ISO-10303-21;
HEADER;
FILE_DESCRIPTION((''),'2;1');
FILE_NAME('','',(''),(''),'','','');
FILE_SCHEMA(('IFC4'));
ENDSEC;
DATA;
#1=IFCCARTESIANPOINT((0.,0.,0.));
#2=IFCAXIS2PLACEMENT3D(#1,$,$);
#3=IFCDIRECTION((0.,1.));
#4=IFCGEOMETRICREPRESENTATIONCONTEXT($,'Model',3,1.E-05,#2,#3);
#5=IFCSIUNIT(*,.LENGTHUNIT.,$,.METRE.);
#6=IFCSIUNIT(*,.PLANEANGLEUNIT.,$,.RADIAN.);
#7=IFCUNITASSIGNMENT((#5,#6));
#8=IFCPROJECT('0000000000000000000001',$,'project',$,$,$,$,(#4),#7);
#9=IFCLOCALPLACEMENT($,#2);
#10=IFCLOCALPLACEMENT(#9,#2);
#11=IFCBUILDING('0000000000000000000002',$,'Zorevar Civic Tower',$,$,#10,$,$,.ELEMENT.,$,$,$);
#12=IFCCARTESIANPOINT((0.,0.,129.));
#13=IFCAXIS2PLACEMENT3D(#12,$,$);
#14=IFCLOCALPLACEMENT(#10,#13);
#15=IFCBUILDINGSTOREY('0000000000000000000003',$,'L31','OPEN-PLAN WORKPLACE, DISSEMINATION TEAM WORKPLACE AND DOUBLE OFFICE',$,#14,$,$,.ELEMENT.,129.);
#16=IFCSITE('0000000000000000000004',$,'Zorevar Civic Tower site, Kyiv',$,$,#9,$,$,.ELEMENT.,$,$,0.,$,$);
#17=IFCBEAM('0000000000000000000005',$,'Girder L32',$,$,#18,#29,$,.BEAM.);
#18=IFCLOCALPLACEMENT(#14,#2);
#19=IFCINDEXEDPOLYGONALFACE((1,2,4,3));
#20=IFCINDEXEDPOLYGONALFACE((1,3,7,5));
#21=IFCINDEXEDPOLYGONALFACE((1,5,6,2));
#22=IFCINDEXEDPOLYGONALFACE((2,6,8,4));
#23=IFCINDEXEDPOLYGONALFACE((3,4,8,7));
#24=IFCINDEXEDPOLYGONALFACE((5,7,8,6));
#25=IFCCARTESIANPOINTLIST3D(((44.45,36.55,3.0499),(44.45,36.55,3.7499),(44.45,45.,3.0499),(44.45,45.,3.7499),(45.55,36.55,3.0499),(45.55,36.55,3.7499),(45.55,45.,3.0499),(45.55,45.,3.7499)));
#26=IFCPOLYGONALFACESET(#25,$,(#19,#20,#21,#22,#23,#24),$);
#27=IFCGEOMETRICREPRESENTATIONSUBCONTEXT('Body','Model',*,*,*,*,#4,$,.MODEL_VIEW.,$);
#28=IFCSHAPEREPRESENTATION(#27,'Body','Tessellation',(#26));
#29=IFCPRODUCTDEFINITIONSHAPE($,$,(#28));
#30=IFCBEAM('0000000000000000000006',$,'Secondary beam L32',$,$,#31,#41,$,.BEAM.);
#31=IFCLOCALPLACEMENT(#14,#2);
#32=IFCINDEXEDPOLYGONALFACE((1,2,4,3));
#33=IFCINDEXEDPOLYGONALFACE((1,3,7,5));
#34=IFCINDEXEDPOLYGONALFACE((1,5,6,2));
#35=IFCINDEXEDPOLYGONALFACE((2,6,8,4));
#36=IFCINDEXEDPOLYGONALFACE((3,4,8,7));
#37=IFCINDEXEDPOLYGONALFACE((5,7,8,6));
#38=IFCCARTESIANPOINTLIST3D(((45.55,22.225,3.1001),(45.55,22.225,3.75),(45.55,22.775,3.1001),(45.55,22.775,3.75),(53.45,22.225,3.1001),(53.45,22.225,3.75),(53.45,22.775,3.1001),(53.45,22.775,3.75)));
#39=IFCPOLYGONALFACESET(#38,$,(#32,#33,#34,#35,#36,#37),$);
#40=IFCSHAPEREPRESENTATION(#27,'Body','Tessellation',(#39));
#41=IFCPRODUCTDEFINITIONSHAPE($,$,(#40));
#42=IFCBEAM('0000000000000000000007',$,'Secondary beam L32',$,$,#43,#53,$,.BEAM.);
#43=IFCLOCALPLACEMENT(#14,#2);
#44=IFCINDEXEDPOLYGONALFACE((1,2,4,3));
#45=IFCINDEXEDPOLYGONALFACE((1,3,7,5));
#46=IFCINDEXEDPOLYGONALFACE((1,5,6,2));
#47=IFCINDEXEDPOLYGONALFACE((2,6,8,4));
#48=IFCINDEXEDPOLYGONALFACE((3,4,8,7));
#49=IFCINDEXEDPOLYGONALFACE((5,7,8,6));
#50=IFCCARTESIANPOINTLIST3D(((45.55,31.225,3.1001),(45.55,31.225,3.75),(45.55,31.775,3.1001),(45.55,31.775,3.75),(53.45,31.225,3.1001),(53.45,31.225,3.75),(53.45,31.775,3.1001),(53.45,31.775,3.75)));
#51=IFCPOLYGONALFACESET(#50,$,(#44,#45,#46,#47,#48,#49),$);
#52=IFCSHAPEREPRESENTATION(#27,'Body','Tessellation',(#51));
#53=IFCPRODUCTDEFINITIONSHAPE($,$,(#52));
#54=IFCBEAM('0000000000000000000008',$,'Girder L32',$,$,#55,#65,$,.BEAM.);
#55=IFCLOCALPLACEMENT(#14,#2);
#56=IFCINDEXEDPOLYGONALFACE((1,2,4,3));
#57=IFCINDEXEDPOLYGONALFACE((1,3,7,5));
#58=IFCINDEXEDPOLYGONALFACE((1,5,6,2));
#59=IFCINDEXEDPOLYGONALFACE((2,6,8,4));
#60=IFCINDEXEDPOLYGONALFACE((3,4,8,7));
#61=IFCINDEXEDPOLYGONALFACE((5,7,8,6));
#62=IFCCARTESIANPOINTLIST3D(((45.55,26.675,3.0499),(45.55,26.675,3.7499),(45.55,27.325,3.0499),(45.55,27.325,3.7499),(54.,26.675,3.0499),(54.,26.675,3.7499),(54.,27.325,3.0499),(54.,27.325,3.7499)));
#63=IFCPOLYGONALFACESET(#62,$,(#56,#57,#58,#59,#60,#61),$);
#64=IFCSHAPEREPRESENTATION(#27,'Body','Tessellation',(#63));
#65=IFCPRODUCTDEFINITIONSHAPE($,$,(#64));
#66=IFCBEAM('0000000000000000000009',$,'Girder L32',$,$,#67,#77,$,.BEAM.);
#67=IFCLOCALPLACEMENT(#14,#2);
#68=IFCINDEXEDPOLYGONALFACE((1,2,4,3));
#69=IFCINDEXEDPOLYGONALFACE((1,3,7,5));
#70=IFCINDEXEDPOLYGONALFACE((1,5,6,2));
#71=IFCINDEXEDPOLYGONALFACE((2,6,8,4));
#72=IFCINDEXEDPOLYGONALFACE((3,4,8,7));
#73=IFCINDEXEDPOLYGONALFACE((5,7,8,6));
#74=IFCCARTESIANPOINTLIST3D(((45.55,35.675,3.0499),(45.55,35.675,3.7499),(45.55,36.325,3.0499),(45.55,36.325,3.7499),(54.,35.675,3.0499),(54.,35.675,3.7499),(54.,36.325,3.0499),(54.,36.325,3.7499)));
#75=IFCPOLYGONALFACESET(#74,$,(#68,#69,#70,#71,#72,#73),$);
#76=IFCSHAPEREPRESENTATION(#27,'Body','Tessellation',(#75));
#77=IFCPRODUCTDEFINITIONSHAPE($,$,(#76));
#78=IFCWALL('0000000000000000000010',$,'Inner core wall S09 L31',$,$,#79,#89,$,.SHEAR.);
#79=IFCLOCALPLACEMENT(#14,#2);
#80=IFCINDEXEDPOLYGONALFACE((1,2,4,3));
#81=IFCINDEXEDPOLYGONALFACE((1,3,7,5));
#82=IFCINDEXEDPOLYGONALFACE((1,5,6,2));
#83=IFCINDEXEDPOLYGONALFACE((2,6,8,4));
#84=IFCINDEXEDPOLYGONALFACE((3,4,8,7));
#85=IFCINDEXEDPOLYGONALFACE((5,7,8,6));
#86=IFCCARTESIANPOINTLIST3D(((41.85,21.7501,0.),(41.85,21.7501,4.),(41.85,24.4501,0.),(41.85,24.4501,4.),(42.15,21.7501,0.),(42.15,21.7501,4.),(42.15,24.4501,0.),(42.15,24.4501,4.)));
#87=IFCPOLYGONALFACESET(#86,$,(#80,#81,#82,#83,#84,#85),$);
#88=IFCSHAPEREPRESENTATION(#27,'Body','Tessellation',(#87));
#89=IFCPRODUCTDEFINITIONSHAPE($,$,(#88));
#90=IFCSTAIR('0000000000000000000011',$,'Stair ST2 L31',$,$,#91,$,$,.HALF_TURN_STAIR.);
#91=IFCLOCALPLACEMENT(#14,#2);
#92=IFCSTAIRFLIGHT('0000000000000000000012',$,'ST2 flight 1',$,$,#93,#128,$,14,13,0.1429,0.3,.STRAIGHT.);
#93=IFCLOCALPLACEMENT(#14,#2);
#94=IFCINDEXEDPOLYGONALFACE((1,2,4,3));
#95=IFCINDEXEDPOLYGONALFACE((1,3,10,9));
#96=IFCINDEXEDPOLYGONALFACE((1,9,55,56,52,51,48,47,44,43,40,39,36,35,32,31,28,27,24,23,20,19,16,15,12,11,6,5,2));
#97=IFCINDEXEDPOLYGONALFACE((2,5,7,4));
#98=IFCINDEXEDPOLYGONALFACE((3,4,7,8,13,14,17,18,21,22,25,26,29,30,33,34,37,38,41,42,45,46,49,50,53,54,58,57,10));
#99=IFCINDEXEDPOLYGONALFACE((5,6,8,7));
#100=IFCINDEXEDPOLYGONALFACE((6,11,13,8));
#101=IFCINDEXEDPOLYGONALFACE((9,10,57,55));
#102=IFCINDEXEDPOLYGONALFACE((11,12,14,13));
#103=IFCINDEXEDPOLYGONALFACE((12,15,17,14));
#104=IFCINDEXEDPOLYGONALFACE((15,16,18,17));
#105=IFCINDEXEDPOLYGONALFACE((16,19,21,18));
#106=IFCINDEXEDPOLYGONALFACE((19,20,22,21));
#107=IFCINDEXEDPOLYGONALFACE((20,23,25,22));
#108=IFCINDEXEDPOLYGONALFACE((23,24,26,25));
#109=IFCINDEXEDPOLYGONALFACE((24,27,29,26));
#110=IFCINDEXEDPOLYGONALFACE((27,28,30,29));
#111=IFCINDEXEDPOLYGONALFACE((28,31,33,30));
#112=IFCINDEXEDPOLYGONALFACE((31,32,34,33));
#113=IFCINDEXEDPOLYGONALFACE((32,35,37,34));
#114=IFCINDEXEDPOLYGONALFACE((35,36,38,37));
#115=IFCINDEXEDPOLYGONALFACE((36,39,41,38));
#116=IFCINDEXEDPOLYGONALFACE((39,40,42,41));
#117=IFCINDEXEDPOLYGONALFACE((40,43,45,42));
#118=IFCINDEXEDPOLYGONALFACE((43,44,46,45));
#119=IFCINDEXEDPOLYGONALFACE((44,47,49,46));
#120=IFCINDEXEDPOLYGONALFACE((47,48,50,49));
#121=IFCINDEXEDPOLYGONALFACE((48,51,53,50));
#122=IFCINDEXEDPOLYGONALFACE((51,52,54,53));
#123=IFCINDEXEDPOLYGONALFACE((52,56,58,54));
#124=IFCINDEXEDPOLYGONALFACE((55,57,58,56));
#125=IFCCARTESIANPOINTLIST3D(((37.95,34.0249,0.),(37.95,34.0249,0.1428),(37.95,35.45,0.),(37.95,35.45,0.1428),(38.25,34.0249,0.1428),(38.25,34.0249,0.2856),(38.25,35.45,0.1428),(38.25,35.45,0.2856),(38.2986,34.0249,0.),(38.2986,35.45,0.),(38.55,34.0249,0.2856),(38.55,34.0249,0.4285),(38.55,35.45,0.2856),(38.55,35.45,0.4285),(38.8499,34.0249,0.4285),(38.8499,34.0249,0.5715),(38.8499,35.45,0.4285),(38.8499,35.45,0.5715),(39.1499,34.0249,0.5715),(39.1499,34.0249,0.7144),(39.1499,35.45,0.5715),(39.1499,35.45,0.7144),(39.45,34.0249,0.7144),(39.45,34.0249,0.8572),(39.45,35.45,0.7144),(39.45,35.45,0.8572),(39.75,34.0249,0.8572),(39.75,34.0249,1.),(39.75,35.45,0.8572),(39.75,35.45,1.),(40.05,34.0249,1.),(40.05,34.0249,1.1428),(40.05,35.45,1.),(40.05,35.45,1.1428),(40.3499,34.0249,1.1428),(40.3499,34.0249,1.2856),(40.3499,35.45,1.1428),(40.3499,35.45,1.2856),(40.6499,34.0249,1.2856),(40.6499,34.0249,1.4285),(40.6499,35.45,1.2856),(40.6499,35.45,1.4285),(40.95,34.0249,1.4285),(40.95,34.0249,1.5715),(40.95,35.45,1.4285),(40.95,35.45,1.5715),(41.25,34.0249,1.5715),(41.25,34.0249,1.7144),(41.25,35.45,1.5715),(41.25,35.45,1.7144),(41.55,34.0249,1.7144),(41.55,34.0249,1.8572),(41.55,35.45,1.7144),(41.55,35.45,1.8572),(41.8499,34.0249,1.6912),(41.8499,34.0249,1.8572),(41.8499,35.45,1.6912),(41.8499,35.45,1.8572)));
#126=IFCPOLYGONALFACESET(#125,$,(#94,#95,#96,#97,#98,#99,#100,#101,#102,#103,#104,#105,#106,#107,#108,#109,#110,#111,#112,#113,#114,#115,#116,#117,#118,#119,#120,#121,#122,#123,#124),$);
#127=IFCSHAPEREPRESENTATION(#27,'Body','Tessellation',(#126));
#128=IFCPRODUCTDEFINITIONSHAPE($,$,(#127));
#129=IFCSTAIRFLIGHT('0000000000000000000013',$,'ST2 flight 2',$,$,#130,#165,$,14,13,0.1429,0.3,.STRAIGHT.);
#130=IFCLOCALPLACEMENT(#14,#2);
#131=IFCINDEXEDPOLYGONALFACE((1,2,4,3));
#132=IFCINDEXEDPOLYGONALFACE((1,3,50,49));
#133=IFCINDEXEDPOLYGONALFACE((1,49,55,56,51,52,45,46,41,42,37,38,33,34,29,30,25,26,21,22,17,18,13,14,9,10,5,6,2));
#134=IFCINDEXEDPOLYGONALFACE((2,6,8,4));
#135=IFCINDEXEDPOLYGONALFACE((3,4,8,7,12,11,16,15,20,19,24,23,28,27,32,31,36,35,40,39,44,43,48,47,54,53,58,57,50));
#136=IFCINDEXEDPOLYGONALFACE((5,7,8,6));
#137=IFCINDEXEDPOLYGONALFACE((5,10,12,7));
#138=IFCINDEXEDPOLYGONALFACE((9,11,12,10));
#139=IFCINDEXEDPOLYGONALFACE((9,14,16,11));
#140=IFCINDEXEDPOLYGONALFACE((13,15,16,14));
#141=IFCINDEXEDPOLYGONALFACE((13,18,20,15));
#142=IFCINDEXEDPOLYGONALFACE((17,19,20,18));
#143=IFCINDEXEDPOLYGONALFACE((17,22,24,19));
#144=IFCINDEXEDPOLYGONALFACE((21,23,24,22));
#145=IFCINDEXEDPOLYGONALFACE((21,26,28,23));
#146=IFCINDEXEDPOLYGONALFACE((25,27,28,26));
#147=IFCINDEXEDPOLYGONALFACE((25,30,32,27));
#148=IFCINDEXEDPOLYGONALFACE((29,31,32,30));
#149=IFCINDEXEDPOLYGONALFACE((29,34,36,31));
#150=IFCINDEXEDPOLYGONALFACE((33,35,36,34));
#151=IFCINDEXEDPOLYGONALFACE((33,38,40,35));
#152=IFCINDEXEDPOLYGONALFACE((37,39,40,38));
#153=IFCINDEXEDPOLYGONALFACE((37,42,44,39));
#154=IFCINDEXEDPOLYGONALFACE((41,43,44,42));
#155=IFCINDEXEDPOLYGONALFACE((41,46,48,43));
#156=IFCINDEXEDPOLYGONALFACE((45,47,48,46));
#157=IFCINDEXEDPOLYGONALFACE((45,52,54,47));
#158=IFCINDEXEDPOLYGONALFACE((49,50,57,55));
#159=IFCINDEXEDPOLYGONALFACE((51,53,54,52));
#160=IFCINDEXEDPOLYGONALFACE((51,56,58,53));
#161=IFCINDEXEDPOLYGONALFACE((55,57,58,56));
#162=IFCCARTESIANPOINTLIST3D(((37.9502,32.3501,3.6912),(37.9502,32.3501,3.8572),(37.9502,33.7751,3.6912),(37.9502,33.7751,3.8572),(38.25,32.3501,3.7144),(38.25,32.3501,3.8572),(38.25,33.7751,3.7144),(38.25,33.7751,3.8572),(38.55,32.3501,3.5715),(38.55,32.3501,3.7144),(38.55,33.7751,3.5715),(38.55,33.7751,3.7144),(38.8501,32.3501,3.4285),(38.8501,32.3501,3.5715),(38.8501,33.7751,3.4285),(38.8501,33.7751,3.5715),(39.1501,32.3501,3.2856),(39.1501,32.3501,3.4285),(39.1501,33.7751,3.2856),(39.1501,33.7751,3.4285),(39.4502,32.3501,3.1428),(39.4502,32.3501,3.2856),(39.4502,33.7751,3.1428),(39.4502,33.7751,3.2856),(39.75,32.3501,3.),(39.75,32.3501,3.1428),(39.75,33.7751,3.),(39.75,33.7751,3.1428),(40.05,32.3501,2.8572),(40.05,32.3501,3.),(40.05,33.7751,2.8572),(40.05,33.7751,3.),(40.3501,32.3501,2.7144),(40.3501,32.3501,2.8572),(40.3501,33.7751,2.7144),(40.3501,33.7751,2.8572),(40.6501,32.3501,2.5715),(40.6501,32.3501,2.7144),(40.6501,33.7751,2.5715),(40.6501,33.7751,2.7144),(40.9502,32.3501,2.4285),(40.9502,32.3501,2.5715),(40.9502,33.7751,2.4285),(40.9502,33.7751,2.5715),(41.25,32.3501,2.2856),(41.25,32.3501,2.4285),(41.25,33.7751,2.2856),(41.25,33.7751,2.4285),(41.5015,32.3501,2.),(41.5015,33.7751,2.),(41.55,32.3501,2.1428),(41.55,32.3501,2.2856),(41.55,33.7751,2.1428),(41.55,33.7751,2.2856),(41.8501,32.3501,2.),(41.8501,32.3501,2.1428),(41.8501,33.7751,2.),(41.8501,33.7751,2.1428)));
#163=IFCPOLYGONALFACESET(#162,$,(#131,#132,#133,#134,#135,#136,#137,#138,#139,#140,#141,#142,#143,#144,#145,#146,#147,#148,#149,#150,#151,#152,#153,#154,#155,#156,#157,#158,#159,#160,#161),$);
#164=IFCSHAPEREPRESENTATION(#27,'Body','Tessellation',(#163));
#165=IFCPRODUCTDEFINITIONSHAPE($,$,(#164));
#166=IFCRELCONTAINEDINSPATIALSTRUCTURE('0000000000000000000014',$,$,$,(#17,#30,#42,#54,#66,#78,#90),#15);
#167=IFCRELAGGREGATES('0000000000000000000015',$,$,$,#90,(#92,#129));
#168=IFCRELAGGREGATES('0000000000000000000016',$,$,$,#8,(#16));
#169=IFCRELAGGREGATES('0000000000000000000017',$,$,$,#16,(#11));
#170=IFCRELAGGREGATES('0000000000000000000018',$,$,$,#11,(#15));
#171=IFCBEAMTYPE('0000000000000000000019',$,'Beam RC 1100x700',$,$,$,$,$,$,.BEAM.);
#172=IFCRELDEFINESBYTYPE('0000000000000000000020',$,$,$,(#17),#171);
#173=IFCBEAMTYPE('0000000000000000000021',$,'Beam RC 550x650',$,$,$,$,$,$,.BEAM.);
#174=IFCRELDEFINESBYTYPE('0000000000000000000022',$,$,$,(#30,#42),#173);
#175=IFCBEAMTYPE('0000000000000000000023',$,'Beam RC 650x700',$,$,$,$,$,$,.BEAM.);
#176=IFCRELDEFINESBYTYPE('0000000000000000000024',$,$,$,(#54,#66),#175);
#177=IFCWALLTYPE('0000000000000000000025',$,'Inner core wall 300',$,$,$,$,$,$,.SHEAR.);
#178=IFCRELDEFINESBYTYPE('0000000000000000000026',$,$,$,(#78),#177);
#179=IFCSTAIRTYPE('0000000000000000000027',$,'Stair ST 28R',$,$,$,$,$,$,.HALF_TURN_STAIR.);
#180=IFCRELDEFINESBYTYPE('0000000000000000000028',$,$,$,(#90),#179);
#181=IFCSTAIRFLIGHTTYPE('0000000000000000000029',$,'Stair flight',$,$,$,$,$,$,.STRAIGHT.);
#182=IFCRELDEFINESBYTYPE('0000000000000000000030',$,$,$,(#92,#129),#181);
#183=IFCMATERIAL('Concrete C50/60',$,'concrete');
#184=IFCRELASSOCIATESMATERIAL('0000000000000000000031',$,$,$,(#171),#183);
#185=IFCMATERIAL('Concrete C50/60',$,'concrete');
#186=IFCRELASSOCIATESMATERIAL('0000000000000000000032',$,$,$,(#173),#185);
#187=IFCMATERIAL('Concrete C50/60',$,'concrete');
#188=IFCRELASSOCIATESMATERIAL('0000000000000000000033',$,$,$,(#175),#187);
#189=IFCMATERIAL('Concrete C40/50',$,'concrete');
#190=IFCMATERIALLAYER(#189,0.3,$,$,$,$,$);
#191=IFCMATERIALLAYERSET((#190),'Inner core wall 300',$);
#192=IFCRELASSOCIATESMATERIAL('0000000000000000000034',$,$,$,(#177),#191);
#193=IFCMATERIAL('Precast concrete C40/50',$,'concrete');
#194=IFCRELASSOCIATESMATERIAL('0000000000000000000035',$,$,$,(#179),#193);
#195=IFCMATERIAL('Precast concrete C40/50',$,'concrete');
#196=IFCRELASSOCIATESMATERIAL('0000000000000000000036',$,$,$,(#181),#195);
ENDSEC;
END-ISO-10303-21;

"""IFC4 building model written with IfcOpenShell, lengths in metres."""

from ifc_helpers import new_model, si_unit, direction, frame, frame_2d, origin, origin_2d, place, context, subcontext, project, spatial, polyline, rectangle, outline, extrude, material, layer, layer_set, material_profile, profile_set, type_object, element, aggregate, save


model = new_model("IFC4")

# Units and contexts
model_context = context("Model", 3, precision=1e-05, world=origin(), true_north=direction((0.0, 1.0)))
body_context = subcontext(model_context, "Body", "Model", "MODEL_VIEW")
ifc_project = project(units=[si_unit("LENGTHUNIT", "METRE"), si_unit("PLANEANGLEUNIT", "RADIAN")], contexts=[model_context])

# Site, building, storey
site_placement = place(None, origin())
site = spatial("IfcSite", under=ifc_project, at=site_placement, Name="Zorevar Civic Tower site, Kyiv", CompositionType="ELEMENT", RefElevation=0.0)
building_placement = place(site_placement, origin())
building = spatial("IfcBuilding", under=site, at=building_placement, Name="Zorevar Civic Tower", CompositionType="ELEMENT")
storey_placement = place(building_placement, frame((0.0, 0.0, 129.0)))
storey = spatial("IfcBuildingStorey", under=building, at=storey_placement, Name="L31", Description="OPEN-PLAN WORKPLACE, DISSEMINATION TEAM WORKPLACE AND DOUBLE OFFICE", CompositionType="ELEMENT", Elevation=129.0)

# Beams
ifc_material_1 = material(Name="Concrete C50/60", Category="concrete")
ifc_material_profile_1 = material_profile(ifc_material_1, rectangle(XDim=1.1001, YDim=0.7, at=origin_2d()), Name="RC 1100x700")
ifc_profile_set_1 = profile_set([ifc_material_profile_1], Name="Concrete C50/60")
beam_type_1 = type_object("IfcBeamType", Name="Beam RC 1100x700", PredefinedType="BEAM", material=ifc_profile_set_1)
beam_placement = place(storey_placement, frame((45.0, 36.55, 3.3999), z_axis=(0.0, 1.0, 0.0), x_axis=(-1.0, 0.0, 0.0)))
element("IfcBeam", 1, at=beam_placement, inside=storey, type_object=beam_type_1, Name="Girder L32", PredefinedType="BEAM", context=body_context, shape_type="SweptSolid", body=[
    extrude(rectangle(XDim=1.1001, YDim=0.7, at=origin_2d()), origin(), (0.0, 0.0, 1.0), 8.45),
])
ifc_material_2 = material(Name="Concrete C50/60", Category="concrete")
ifc_material_profile_2 = material_profile(ifc_material_2, rectangle(XDim=0.55, YDim=0.6499, at=origin_2d()), Name="RC 550x650")
ifc_profile_set_2 = profile_set([ifc_material_profile_2], Name="Concrete C50/60")
beam_type_2 = type_object("IfcBeamType", Name="Beam RC 550x650", PredefinedType="BEAM", material=ifc_profile_set_2)
for number, where, z_axis, x_axis, name in (
    (2, (45.55, 22.5, 3.425), (1.0, 0.0, 0.0), (0.0, 1.0, 0.0), "Secondary beam L32"),
    (3, (45.55, 31.5, 3.425), (1.0, 0.0, 0.0), (0.0, 1.0, 0.0), "Secondary beam L32"),
):
    element("IfcBeam", number, at=place(storey_placement, frame(where, z_axis=z_axis, x_axis=x_axis)), inside=storey, type_object=beam_type_2, Name=name, PredefinedType="BEAM", context=body_context, shape_type="SweptSolid", body=[
        extrude(rectangle(XDim=0.55, YDim=0.6499, at=origin_2d()), origin(), (0.0, 0.0, 1.0), 7.8999),
    ])
ifc_material_3 = material(Name="Concrete C50/60", Category="concrete")
ifc_material_profile_3 = material_profile(ifc_material_3, rectangle(XDim=0.6499, YDim=0.7, at=origin_2d()), Name="RC 650x700")
ifc_profile_set_3 = profile_set([ifc_material_profile_3], Name="Concrete C50/60")
beam_type_3 = type_object("IfcBeamType", Name="Beam RC 650x700", PredefinedType="BEAM", material=ifc_profile_set_3)
for number, where, z_axis, x_axis, name in (
    (4, (45.55, 27.0, 3.3999), (1.0, 0.0, 0.0), (0.0, 1.0, 0.0), "Girder L32"),
    (5, (45.55, 36.0, 3.3999), (1.0, 0.0, 0.0), (0.0, 1.0, 0.0), "Girder L32"),
):
    element("IfcBeam", number, at=place(storey_placement, frame(where, z_axis=z_axis, x_axis=x_axis)), inside=storey, type_object=beam_type_3, Name=name, PredefinedType="BEAM", context=body_context, shape_type="SweptSolid", body=[
        extrude(rectangle(XDim=0.6499, YDim=0.7, at=origin_2d()), origin(), (0.0, 0.0, 1.0), 8.45),
    ])

# Shared definitions
ifc_material_4 = material(Name="Concrete C40/50", Category="concrete")
ifc_layer_1 = layer(ifc_material_4, 0.3)
ifc_layer_set_1 = layer_set([ifc_layer_1], Name="Inner core wall 300")
wall_type_1 = type_object("IfcWallType", Name="Inner core wall 300", PredefinedType="SHEAR", material=ifc_layer_set_1)

# Wall
wall_1_placement = place(storey_placement, frame((42.0, 21.75, 0.0), z_axis=(0.0, 0.0, 1.0), x_axis=(0.0, 1.0, 0.0)))
element("IfcWall", 6, at=wall_1_placement, inside=storey, type_object=wall_type_1, Name="Inner core wall S09 L31", PredefinedType="SHEAR", context=body_context, shape_type="SweptSolid", body=[
    extrude(rectangle(XDim=2.7, YDim=0.3, at=frame_2d((1.3501, 0.0))), origin(), (0.0, 0.0, 1.0), 4.0),
])

# Stair, stair flights
ifc_material_5 = material(Name="Precast concrete C40/50", Category="concrete")
stair_type = type_object("IfcStairType", Name="Stair ST 28R", PredefinedType="HALF_TURN_STAIR", material=ifc_material_5)
stair_placement = place(storey_placement, origin())
stair = element("IfcStair", 7, at=stair_placement, inside=storey, type_object=stair_type, Name="Stair ST2 L31", PredefinedType="HALF_TURN_STAIR")
ifc_material_6 = material(Name="Precast concrete C40/50", Category="concrete")
stair_flight_type = type_object("IfcStairFlightType", Name="Stair flight", PredefinedType="STRAIGHT", material=ifc_material_6)
stair_flight_1_placement = place(storey_placement, frame((37.95, 34.7375, 0.0), z_axis=(0.0, 0.0, 1.0), x_axis=(1.0, 0.0, 0.0)))
stair_flight_1 = element("IfcStairFlight", 8, at=stair_flight_1_placement, type_object=stair_flight_type, Name="ST2 flight 1", NumberOfRisers=14, NumberOfTreads=13, PredefinedType="STRAIGHT", RiserHeight=0.1429, TreadLength=0.3, context=body_context, shape_type="SweptSolid", body=[
    extrude(outline(polyline([(0.0, 0.0), (0.0, 0.1428), (0.3, 0.1428), (0.3, 0.2856), (0.6001, 0.2856), (0.6001, 0.4285), (0.8999, 0.4285), (0.8999, 0.5715), (1.2, 0.5715), (1.2, 0.7144), (1.5, 0.7144), (1.5, 0.8572), (1.8, 0.8572), (1.8, 1.0), (2.1001, 1.0), (2.1001, 1.1428), (2.3999, 1.1428), (2.3999, 1.2856), (2.7, 1.2856), (2.7, 1.4285), (3.0, 1.4285), (3.0, 1.5715), (3.3, 1.5715), (3.3, 1.7144), (3.6001, 1.7144), (3.6001, 1.8572), (3.8999, 1.8572), (3.8999, 2.0), (3.8999, 1.6912), (0.3486, 0.0), (0.0, 0.0)])), frame((0.0, 0.7124, 0.0), z_axis=(0.0, -1.0, 0.0), x_axis=(1.0, 0.0, 0.0)), (0.0, 0.0, 1.0), 1.425),
])
stair_flight_2_placement = place(storey_placement, frame((41.8501, 33.0625, 2.0), z_axis=(0.0, 0.0, 1.0), x_axis=(-1.0, 0.0, 0.0)))
stair_flight_2 = element("IfcStairFlight", 9, at=stair_flight_2_placement, type_object=stair_flight_type, Name="ST2 flight 2", NumberOfRisers=14, NumberOfTreads=13, PredefinedType="STRAIGHT", RiserHeight=0.1429, TreadLength=0.3, context=body_context, shape_type="SweptSolid", body=[
    extrude(outline(polyline([(0.0, 0.0), (0.0, 0.1428), (0.3, 0.1428), (0.3, 0.2856), (0.6001, 0.2856), (0.6001, 0.4285), (0.8999, 0.4285), (0.8999, 0.5715), (1.2, 0.5715), (1.2, 0.7144), (1.5, 0.7144), (1.5, 0.8572), (1.8, 0.8572), (1.8, 1.0), (2.1001, 1.0), (2.1001, 1.1428), (2.3999, 1.1428), (2.3999, 1.2856), (2.7, 1.2856), (2.7, 1.4285), (3.0, 1.4285), (3.0, 1.5715), (3.3, 1.5715), (3.3, 1.7144), (3.6001, 1.7144), (3.6001, 1.8572), (3.8999, 1.8572), (3.8999, 2.0), (3.8999, 1.6912), (0.3486, 0.0), (0.0, 0.0)])), frame((0.0, 0.7124, 0.0), z_axis=(0.0, -1.0, 0.0), x_axis=(1.0, 0.0, 0.0)), (0.0, 0.0, 1.0), 1.425),
])
aggregate(stair, [stair_flight_1, stair_flight_2])

save(model, "model.ifc")
